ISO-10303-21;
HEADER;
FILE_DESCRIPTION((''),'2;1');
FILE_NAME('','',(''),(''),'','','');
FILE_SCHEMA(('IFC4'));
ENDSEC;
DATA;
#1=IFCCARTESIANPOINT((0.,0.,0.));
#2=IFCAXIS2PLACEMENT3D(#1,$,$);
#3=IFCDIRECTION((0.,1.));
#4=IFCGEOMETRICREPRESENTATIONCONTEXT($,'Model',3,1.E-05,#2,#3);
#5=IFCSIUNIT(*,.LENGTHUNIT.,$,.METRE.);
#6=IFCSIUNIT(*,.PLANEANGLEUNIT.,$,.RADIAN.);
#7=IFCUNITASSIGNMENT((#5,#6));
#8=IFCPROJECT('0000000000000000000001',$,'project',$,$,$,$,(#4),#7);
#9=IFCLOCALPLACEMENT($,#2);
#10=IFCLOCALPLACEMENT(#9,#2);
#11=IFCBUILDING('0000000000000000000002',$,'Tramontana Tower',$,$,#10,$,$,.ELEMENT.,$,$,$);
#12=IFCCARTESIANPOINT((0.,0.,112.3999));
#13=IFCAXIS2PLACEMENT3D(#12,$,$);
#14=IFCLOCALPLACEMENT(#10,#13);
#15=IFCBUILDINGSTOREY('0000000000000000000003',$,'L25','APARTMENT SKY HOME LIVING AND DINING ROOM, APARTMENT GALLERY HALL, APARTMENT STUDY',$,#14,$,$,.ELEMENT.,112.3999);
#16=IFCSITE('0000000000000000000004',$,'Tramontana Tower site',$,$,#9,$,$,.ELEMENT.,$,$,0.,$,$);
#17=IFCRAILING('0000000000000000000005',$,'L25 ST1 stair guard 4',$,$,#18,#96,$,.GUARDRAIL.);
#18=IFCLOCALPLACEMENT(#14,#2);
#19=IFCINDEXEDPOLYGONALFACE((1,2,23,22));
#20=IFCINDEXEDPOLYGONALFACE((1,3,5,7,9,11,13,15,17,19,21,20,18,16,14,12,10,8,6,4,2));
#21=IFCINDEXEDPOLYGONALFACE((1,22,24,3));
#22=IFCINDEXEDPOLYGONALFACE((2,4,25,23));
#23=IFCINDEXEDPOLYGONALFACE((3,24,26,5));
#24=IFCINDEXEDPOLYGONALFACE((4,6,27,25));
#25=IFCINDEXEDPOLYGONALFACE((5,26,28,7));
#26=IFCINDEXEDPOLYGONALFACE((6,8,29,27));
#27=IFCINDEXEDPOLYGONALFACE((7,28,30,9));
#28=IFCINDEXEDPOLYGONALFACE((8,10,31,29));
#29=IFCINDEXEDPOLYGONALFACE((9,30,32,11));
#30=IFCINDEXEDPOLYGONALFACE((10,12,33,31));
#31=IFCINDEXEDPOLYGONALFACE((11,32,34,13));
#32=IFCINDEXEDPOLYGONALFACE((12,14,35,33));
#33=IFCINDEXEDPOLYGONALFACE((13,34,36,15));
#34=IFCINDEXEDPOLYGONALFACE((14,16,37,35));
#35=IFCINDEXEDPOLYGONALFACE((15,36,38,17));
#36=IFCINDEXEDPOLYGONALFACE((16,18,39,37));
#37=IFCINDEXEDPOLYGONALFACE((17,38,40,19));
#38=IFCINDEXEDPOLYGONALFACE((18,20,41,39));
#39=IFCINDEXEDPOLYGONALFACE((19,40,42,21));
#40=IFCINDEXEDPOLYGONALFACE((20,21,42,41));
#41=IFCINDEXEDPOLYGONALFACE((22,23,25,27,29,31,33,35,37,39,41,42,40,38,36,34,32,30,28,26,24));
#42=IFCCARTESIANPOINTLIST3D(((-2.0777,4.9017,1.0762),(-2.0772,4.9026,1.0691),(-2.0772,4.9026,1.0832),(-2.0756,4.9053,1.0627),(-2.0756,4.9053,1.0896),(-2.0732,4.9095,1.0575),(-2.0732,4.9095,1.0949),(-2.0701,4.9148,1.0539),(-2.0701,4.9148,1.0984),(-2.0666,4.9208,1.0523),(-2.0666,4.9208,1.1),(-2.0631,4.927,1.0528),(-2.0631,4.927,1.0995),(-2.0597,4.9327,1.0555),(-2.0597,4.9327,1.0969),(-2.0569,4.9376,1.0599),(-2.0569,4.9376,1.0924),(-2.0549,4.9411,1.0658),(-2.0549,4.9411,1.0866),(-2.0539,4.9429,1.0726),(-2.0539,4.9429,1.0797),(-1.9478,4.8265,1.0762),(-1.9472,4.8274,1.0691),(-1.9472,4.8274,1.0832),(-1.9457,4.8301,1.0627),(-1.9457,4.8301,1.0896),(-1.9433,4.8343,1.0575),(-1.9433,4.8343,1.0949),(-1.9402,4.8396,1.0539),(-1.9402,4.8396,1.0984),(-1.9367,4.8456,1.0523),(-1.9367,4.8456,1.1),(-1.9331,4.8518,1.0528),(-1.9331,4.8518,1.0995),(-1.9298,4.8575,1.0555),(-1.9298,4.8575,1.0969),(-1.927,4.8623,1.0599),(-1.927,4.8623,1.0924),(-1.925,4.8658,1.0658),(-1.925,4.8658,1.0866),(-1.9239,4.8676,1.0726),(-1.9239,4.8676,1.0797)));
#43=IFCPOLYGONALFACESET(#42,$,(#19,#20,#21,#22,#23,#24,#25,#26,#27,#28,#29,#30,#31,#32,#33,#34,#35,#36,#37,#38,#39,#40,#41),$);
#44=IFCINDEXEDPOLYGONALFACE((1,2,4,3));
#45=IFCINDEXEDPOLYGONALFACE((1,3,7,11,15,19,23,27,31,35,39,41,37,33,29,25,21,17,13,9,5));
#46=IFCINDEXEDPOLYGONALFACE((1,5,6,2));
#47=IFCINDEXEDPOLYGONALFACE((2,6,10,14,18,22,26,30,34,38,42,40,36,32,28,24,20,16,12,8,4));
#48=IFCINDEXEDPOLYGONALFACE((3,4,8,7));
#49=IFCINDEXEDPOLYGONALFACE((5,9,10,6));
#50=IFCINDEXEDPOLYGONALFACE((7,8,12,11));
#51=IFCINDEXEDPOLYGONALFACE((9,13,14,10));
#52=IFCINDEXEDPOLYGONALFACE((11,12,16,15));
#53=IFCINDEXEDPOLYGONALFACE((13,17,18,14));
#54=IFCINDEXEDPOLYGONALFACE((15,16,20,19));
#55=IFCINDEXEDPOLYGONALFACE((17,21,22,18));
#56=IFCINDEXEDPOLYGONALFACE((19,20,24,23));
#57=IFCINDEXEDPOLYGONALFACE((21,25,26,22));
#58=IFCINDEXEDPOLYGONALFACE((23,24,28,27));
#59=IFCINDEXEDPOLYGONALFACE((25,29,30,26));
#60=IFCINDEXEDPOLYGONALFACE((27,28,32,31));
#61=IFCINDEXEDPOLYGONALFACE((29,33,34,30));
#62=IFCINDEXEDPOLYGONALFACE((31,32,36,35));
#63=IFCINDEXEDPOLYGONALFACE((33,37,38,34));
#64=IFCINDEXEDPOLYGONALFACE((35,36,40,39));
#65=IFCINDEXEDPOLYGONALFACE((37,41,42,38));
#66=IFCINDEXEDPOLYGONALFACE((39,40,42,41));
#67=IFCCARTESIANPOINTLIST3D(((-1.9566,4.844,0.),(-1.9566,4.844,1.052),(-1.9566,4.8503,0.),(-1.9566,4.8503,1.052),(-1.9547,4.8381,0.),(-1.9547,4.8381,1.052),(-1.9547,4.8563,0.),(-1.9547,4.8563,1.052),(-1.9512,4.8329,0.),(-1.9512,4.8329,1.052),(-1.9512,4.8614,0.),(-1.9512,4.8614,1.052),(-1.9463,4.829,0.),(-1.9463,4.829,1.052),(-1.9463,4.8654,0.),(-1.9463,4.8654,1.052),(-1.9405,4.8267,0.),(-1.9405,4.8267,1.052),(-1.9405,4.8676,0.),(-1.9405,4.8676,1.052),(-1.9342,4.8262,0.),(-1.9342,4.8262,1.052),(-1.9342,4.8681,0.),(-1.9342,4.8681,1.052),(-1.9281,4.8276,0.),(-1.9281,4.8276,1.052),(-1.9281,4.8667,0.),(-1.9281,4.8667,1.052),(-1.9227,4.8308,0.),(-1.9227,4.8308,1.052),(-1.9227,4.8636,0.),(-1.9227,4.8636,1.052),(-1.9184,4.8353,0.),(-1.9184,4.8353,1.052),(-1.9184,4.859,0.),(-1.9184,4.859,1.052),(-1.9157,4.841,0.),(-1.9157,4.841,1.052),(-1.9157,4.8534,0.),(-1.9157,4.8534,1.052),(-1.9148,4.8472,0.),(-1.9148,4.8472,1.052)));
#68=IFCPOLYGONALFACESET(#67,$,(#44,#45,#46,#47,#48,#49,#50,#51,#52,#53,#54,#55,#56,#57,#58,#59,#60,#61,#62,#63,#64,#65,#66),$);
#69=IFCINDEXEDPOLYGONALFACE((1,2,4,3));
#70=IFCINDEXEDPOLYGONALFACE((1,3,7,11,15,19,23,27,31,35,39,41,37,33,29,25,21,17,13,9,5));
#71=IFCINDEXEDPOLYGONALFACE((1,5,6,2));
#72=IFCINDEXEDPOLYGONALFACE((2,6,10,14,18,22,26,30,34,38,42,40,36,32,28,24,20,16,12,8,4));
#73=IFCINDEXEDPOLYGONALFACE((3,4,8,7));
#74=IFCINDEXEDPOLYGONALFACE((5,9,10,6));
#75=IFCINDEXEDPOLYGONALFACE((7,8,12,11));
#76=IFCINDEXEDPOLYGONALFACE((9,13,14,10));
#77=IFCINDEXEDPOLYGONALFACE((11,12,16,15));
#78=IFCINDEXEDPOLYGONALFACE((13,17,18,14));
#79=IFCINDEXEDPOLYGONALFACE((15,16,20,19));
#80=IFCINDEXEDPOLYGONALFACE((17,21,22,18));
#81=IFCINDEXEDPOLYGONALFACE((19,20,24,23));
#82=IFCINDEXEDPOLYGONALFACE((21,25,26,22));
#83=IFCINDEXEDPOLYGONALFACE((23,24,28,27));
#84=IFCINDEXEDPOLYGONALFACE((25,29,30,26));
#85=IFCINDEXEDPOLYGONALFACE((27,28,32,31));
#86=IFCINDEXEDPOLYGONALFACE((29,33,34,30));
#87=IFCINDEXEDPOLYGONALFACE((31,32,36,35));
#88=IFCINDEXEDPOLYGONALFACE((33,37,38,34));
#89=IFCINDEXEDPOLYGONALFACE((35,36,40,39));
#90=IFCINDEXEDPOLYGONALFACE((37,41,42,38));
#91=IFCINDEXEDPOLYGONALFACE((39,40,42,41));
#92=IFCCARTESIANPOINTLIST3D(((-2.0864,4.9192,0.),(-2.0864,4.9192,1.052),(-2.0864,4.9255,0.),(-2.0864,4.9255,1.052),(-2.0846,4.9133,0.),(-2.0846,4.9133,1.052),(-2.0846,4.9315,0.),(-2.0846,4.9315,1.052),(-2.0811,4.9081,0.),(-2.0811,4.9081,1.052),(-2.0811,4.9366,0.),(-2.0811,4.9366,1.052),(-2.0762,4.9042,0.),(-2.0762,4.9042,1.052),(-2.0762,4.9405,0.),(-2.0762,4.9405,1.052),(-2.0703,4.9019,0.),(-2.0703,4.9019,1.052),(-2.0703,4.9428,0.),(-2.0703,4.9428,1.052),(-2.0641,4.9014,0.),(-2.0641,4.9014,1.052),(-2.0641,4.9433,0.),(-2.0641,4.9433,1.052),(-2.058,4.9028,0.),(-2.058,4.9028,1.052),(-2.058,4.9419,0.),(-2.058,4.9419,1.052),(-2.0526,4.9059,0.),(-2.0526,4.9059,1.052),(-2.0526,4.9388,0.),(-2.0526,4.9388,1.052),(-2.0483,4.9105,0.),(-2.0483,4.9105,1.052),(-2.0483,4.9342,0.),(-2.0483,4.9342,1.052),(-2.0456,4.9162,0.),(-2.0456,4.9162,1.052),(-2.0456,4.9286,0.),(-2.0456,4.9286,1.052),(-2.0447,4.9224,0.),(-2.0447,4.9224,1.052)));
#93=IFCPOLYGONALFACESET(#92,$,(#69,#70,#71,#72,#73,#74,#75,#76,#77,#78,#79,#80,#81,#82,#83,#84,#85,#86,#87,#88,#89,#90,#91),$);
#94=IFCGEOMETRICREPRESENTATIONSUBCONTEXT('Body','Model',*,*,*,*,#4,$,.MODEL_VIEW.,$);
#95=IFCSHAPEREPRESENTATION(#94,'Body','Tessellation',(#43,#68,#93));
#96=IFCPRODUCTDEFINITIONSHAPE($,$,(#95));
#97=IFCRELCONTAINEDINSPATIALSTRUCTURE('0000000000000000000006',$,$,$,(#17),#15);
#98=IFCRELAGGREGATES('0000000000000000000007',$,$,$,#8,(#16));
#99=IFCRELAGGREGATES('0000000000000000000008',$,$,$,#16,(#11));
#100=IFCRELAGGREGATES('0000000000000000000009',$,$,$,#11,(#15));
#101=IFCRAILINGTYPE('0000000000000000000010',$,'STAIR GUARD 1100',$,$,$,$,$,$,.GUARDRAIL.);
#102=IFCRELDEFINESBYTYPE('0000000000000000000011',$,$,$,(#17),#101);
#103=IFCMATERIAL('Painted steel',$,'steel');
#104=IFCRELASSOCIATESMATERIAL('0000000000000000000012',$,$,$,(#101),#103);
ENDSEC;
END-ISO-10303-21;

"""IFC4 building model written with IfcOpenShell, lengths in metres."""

from ifc_helpers import new_model, si_unit, direction, frame, origin, origin_2d, place, context, subcontext, project, spatial, circle, extrude, material, type_object, element, save


model = new_model("IFC4")

# Units and contexts
model_context = context("Model", 3, precision=1e-05, world=origin(), true_north=direction((0.0, 1.0)))
body_context = subcontext(model_context, "Body", "Model", "MODEL_VIEW")
ifc_project = project(units=[si_unit("LENGTHUNIT", "METRE"), si_unit("PLANEANGLEUNIT", "RADIAN")], contexts=[model_context])

# Site, building, storey
site_placement = place(None, origin())
site = spatial("IfcSite", under=ifc_project, at=site_placement, Name="Tramontana Tower site", CompositionType="ELEMENT", RefElevation=0.0)
building_placement = place(site_placement, origin())
building = spatial("IfcBuilding", under=site, at=building_placement, Name="Tramontana Tower", CompositionType="ELEMENT")
storey_placement = place(building_placement, frame((0.0, 0.0, 112.3999)))
storey = spatial("IfcBuildingStorey", under=building, at=storey_placement, Name="L25", Description="APARTMENT SKY HOME LIVING AND DINING ROOM, APARTMENT GALLERY HALL, APARTMENT STUDY", CompositionType="ELEMENT", Elevation=112.3999)

# Railing
ifc_material_1 = material(Name="Painted steel", Category="steel")
railing_type = type_object("IfcRailingType", Name="STAIR GUARD 1100", PredefinedType="GUARDRAIL", material=ifc_material_1)
railing_1_placement = place(storey_placement, frame((-1.9358, 4.8472, 0.0)))
element("IfcRailing", 1, at=railing_1_placement, inside=storey, type_object=railing_type, Name="L25 ST1 stair guard 4", PredefinedType="GUARDRAIL", context=body_context, shape_type="SweptSolid", body=[
    extrude(circle(Radius=0.0239, at=origin_2d()), frame((0.0, 0.0, 1.0762), z_axis=(-0.865426, 0.501036, 0.0), x_axis=(-0.501036, -0.865426, 0.0)), (0.0, 0.0, 1.0), 0.1501),
    extrude(circle(Radius=0.021, at=origin_2d()), origin(), (0.0, 0.0, 1.0), 1.052),
    extrude(circle(Radius=0.021, at=origin_2d()), frame((-0.1299, 0.0752, 0.0)), (0.0, 0.0, 1.0), 1.052),
])

save(model, "model.ifc")
